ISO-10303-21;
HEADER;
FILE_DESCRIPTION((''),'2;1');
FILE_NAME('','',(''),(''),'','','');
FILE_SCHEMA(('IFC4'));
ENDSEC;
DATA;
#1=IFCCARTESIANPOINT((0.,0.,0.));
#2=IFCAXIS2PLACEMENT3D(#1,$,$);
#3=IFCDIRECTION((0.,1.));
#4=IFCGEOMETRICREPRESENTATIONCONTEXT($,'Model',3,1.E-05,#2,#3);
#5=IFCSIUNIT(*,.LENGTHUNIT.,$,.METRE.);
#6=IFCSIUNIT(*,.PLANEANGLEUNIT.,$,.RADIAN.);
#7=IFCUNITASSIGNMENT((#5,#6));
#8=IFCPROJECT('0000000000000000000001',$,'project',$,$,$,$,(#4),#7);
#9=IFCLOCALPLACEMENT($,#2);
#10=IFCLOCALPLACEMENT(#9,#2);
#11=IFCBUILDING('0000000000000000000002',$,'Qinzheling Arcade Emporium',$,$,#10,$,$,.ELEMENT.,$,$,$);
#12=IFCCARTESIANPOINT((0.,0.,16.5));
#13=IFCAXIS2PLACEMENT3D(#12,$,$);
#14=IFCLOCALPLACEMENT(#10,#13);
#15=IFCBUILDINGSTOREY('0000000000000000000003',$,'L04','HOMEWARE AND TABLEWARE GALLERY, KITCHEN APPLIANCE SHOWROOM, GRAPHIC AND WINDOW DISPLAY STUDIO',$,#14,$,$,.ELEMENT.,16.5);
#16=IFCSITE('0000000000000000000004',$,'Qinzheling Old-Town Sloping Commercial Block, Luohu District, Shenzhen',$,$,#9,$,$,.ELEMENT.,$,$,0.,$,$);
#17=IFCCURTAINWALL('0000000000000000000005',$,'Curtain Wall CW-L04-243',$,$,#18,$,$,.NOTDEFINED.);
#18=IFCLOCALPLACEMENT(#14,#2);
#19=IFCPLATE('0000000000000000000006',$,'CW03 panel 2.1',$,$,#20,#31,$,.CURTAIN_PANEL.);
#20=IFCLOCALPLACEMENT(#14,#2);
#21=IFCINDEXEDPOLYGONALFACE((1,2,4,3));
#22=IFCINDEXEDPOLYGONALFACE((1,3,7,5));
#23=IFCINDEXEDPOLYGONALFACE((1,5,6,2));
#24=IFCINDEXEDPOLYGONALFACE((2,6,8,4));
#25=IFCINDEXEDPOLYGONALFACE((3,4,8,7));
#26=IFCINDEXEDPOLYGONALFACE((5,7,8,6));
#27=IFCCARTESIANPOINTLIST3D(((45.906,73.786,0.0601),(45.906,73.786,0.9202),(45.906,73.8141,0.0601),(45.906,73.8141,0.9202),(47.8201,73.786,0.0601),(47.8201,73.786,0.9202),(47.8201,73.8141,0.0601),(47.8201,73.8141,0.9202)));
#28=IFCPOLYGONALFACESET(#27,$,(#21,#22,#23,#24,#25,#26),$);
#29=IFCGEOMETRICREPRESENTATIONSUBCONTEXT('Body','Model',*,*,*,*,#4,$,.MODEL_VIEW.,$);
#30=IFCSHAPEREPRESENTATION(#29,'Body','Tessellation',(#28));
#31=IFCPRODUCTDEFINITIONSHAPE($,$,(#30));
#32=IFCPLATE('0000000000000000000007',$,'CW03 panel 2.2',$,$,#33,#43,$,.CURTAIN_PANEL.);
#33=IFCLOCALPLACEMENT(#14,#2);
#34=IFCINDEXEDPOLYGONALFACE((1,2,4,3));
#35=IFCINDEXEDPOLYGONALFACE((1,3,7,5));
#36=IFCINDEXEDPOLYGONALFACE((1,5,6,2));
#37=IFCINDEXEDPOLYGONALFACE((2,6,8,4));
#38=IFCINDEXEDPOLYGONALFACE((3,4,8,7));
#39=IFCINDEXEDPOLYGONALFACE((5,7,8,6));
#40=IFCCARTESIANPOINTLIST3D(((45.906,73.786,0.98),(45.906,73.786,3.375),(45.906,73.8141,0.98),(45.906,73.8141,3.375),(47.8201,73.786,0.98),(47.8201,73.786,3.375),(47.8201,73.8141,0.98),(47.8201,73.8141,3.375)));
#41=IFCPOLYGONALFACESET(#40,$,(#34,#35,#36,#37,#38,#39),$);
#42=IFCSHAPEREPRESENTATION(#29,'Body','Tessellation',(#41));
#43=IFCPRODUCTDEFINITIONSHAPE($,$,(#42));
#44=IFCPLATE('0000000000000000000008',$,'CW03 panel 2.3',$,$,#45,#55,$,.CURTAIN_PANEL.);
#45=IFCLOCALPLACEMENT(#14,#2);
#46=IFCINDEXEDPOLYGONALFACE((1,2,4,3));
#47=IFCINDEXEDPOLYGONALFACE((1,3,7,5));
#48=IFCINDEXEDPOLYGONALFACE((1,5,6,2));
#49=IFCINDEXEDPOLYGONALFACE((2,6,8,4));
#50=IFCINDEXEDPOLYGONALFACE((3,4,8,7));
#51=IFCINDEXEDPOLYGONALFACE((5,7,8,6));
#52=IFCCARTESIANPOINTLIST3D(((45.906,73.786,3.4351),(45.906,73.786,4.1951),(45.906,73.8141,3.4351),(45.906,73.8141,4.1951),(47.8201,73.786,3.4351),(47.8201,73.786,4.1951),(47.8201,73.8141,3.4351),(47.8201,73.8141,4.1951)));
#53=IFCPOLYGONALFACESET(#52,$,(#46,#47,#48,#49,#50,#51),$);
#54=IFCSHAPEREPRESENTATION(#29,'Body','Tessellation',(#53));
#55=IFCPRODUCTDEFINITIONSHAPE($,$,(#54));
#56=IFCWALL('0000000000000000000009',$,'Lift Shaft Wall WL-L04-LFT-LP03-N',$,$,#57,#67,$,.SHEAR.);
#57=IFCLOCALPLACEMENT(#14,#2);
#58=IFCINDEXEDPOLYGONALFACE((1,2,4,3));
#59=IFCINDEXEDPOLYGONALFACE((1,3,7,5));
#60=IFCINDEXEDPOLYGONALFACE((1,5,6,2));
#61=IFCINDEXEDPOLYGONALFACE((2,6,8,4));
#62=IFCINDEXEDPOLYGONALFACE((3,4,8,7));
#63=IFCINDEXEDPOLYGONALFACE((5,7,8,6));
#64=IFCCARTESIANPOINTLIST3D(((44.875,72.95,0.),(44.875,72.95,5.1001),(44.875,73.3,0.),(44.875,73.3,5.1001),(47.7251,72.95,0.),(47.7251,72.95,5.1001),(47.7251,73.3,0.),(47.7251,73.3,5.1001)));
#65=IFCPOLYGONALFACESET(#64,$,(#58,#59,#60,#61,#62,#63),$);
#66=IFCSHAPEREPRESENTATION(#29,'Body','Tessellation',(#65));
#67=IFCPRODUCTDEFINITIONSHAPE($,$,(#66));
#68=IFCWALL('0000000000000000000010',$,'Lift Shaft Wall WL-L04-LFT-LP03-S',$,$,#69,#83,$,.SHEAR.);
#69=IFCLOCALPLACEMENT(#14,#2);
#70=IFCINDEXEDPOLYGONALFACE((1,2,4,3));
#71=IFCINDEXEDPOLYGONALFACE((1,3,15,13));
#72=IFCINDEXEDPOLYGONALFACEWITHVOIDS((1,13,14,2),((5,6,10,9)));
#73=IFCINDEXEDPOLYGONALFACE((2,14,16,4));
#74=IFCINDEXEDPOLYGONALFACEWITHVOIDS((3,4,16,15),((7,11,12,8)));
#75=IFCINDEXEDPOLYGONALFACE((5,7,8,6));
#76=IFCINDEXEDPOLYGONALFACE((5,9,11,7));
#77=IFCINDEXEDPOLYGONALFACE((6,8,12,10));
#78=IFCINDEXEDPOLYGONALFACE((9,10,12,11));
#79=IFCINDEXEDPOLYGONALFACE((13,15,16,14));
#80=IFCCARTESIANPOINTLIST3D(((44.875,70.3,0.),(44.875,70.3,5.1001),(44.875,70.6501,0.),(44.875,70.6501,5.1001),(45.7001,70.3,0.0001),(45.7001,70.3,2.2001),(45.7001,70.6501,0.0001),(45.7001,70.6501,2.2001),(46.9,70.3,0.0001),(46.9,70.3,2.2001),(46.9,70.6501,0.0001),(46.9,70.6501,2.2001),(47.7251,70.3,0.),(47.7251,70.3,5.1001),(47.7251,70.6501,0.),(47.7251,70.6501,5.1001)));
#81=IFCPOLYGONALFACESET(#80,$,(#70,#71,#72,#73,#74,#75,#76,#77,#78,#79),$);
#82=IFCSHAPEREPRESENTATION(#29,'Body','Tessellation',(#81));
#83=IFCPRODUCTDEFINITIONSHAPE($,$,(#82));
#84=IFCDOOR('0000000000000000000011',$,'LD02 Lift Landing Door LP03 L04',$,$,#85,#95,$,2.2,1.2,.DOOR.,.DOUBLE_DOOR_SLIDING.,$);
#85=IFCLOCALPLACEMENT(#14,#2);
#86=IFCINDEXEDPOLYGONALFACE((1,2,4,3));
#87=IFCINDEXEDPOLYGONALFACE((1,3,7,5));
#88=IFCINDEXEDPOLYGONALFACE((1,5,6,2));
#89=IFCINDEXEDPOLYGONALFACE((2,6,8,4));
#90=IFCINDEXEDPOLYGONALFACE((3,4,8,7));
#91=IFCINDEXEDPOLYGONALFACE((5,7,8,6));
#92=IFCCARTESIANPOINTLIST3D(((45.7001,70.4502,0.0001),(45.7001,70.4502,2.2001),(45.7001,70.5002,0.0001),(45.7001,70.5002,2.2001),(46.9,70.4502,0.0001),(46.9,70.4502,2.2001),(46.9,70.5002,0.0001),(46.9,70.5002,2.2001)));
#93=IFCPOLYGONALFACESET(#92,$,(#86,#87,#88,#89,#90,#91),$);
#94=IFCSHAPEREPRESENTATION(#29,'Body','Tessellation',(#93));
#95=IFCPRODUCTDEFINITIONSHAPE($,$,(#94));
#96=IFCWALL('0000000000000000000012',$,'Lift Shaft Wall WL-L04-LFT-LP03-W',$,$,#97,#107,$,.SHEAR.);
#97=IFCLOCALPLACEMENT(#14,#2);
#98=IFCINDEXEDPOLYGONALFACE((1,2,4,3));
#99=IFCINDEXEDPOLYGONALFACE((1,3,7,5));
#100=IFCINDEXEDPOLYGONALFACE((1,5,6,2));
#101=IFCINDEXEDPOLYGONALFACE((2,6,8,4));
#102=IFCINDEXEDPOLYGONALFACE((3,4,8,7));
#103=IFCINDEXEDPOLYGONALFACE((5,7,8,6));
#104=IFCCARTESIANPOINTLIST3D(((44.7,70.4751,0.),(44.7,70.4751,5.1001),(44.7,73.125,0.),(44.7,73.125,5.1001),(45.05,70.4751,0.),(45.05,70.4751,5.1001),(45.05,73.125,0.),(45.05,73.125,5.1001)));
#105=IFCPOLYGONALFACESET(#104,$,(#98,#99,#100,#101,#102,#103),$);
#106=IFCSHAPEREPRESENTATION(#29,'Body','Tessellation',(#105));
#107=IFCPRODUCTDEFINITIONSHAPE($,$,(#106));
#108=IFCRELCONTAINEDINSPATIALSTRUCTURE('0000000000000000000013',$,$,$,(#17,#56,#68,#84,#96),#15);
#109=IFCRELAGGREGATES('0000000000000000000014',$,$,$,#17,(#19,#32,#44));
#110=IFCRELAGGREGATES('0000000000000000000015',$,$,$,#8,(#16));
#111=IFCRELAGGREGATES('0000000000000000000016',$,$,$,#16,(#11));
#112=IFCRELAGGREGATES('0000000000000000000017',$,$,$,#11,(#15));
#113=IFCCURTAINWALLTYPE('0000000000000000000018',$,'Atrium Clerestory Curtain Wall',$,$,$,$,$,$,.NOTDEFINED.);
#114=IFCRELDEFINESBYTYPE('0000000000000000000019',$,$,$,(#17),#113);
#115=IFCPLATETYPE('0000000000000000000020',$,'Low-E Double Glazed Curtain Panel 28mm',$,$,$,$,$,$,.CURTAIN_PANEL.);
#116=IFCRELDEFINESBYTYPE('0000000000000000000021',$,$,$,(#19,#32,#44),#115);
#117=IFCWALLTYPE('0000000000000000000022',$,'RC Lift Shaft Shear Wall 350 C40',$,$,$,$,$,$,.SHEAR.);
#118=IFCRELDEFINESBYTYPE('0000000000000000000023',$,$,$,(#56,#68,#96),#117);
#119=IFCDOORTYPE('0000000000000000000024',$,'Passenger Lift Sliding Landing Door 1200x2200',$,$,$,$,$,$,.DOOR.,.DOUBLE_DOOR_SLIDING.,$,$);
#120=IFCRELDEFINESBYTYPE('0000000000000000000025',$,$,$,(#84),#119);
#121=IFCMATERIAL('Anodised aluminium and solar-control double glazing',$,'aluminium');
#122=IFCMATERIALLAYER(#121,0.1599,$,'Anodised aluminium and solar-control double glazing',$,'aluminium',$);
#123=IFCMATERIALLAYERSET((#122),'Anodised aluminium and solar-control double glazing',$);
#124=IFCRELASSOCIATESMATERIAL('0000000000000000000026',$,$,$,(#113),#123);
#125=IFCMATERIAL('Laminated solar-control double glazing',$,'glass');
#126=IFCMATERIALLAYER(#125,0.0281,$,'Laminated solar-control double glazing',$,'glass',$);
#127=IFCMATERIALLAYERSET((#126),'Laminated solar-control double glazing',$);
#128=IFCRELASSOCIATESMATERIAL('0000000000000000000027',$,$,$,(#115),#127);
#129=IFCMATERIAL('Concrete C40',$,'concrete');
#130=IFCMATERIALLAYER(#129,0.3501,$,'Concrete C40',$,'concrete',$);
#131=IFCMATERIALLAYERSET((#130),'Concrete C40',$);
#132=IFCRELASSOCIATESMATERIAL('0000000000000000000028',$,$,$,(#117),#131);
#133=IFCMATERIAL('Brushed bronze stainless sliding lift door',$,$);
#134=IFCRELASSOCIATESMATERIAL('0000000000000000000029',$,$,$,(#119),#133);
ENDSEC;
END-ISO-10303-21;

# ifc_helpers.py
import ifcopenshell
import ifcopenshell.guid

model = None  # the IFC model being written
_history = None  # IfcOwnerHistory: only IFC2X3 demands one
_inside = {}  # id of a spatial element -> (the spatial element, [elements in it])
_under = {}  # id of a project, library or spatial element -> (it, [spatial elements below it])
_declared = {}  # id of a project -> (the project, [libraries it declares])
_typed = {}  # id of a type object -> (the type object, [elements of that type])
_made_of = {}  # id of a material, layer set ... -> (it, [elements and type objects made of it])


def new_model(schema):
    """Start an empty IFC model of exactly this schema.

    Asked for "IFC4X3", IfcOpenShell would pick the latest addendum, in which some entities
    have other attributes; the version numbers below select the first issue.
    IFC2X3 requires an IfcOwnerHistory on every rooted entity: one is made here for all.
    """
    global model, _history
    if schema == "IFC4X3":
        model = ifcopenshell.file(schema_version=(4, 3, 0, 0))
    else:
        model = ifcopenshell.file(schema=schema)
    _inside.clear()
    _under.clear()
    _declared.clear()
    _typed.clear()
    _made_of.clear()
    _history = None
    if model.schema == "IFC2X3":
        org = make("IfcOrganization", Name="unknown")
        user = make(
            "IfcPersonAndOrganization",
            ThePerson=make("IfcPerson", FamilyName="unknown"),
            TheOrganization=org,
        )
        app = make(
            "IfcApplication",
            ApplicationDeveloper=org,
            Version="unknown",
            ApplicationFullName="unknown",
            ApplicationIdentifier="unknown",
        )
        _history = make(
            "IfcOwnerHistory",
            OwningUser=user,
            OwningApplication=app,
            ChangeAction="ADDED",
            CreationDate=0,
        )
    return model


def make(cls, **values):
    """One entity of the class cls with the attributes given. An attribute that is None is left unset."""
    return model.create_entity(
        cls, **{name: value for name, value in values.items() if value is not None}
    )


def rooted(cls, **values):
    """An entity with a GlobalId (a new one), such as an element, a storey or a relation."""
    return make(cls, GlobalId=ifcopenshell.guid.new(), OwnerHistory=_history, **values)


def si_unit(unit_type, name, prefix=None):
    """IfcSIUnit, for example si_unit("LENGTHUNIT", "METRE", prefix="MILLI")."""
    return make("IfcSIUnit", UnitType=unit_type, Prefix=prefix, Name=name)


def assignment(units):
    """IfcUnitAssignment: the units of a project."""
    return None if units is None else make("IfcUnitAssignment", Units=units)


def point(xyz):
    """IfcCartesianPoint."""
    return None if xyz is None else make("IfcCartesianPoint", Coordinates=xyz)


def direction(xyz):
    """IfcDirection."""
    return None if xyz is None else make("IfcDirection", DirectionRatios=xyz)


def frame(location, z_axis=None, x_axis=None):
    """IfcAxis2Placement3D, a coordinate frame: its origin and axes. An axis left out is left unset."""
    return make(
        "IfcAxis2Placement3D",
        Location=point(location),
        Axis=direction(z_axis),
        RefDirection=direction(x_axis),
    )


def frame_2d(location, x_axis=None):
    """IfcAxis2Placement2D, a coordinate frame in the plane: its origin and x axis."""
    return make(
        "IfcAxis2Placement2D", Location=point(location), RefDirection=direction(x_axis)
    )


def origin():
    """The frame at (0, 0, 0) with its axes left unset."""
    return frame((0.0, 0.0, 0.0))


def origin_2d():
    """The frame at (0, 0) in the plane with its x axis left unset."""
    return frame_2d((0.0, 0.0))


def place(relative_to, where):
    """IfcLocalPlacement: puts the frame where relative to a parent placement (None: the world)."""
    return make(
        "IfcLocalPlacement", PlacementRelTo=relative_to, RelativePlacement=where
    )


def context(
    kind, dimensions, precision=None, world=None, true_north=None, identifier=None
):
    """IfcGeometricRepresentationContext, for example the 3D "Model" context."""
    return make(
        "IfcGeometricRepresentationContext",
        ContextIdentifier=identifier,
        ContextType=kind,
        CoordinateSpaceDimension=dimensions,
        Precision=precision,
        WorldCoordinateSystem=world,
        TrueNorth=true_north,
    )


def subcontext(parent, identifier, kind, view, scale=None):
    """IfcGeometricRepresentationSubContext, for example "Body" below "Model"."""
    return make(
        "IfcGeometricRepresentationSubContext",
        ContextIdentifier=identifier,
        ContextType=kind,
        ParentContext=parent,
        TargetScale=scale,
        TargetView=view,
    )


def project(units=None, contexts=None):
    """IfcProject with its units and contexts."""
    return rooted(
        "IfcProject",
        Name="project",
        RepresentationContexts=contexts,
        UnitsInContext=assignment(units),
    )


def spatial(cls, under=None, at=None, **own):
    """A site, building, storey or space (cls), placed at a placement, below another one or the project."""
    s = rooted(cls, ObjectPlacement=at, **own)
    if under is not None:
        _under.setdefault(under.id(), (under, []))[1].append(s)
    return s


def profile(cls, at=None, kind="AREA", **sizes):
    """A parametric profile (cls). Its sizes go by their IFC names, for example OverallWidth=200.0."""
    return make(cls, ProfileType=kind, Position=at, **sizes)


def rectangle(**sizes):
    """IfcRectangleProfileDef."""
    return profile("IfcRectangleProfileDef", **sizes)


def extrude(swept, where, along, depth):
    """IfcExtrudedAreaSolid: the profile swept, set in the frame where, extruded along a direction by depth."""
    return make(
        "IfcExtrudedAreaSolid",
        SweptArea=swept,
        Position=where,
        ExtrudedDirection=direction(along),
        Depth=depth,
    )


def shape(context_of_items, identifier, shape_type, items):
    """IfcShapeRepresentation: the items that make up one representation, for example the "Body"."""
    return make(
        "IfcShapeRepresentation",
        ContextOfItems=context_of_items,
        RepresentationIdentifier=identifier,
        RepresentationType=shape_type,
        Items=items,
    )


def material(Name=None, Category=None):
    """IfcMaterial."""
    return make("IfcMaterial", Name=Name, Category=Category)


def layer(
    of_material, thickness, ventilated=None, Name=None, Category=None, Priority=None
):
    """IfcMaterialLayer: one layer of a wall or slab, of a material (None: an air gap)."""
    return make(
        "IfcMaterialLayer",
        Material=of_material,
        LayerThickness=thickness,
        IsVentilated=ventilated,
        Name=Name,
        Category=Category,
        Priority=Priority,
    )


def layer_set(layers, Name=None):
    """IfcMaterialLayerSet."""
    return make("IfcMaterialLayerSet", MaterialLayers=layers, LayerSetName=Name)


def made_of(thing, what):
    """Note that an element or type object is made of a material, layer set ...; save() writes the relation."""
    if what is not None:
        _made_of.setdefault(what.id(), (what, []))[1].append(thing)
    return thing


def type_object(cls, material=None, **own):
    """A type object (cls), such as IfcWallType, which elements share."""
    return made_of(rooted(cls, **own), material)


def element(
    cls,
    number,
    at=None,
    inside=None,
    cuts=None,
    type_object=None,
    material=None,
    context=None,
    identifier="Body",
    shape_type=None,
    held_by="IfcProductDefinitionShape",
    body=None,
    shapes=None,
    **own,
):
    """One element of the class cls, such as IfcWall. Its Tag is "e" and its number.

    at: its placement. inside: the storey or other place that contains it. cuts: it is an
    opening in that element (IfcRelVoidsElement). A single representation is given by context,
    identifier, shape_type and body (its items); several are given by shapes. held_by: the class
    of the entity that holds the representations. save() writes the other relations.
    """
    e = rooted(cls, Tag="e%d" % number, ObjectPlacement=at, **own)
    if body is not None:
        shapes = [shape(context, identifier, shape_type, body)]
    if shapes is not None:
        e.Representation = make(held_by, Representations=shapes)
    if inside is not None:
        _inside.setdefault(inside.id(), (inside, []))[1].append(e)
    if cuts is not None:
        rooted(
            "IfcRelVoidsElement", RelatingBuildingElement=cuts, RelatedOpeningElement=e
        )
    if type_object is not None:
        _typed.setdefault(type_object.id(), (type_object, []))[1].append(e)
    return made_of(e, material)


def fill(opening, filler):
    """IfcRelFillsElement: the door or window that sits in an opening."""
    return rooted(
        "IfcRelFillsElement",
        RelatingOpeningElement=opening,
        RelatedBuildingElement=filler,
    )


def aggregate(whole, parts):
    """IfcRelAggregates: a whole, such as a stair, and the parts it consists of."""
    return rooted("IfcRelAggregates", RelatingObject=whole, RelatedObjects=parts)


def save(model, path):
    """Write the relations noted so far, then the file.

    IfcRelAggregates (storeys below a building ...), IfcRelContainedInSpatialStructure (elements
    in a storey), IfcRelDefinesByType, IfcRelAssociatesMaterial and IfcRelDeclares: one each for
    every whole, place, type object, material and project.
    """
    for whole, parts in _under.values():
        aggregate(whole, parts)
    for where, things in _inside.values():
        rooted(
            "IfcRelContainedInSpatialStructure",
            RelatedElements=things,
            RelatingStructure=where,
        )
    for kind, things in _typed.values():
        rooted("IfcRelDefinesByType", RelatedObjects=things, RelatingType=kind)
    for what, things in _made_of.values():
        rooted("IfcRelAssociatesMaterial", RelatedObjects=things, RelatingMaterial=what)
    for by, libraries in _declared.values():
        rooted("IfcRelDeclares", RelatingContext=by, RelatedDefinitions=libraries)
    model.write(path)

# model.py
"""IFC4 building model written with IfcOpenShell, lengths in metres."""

from ifc_helpers import new_model, si_unit, direction, frame, frame_2d, origin, origin_2d, place, context, subcontext, project, spatial, rectangle, extrude, material, layer, layer_set, type_object, element, fill, aggregate, save


model = new_model("IFC4")

# Units and contexts
model_context = context("Model", 3, precision=1e-05, world=origin(), true_north=direction((0.0, 1.0)))
body_context = subcontext(model_context, "Body", "Model", "MODEL_VIEW")
ifc_project = project(units=[si_unit("LENGTHUNIT", "METRE"), si_unit("PLANEANGLEUNIT", "RADIAN")], contexts=[model_context])

# Site, building, storey
site_placement = place(None, origin())
site = spatial("IfcSite", under=ifc_project, at=site_placement, Name="Qinzheling Old-Town Sloping Commercial Block, Luohu District, Shenzhen", CompositionType="ELEMENT", RefElevation=0.0)
building_placement = place(site_placement, origin())
building = spatial("IfcBuilding", under=site, at=building_placement, Name="Qinzheling Arcade Emporium", CompositionType="ELEMENT")
storey_placement = place(building_placement, frame((0.0, 0.0, 16.5)))
storey = spatial("IfcBuildingStorey", under=building, at=storey_placement, Name="L04", Description="HOMEWARE AND TABLEWARE GALLERY, KITCHEN APPLIANCE SHOWROOM, GRAPHIC AND WINDOW DISPLAY STUDIO", CompositionType="ELEMENT", Elevation=16.5)

# Curtain wall
ifc_material_1 = material(Name="Anodised aluminium and solar-control double glazing", Category="aluminium")
ifc_layer_1 = layer(ifc_material_1, 0.1599, Name="Anodised aluminium and solar-control double glazing", Category="aluminium")
ifc_layer_set_1 = layer_set([ifc_layer_1], Name="Anodised aluminium and solar-control double glazing")
curtain_wall_type = type_object("IfcCurtainWallType", Name="Atrium Clerestory Curtain Wall", PredefinedType="NOTDEFINED", material=ifc_layer_set_1)
curtain_wall_placement = place(storey_placement, origin())
curtain_wall = element("IfcCurtainWall", 1, at=curtain_wall_placement, inside=storey, type_object=curtain_wall_type, Name="Curtain Wall CW-L04-243", PredefinedType="NOTDEFINED")

# Shared definitions
ifc_material_2 = material(Name="Concrete C40", Category="concrete")

# Plates
ifc_material_3 = material(Name="Laminated solar-control double glazing", Category="glass")
ifc_layer_2 = layer(ifc_material_3, 0.0281, Name="Laminated solar-control double glazing", Category="glass")
ifc_layer_set_2 = layer_set([ifc_layer_2], Name="Laminated solar-control double glazing")
plate_type = type_object("IfcPlateType", Name="Low-E Double Glazed Curtain Panel 28mm", PredefinedType="CURTAIN_PANEL", material=ifc_layer_set_2)
plate_1_placement = place(storey_placement, frame((46.863, 73.8, 0.0601), z_axis=(0.0, 0.0, 1.0), x_axis=(1.0, 0.0, 0.0)))
plate_1 = element("IfcPlate", 2, at=plate_1_placement, type_object=plate_type, Name="CW03 panel 2.1", PredefinedType="CURTAIN_PANEL", context=body_context, shape_type="SweptSolid", body=[
    extrude(rectangle(XDim=1.9141, YDim=0.0281, at=origin_2d()), origin(), (0.0, 0.0, 1.0), 0.8601),
])
plate_2_placement = place(storey_placement, frame((46.863, 73.8, 0.98), z_axis=(0.0, 0.0, 1.0), x_axis=(1.0, 0.0, 0.0)))
plate_2 = element("IfcPlate", 3, at=plate_2_placement, type_object=plate_type, Name="CW03 panel 2.2", PredefinedType="CURTAIN_PANEL", context=body_context, shape_type="SweptSolid", body=[
    extrude(rectangle(XDim=1.9141, YDim=0.0281, at=origin_2d()), origin(), (0.0, 0.0, 1.0), 2.395),
])
plate_3_placement = place(storey_placement, frame((46.863, 73.8, 3.4351), z_axis=(0.0, 0.0, 1.0), x_axis=(1.0, 0.0, 0.0)))
plate_3 = element("IfcPlate", 4, at=plate_3_placement, type_object=plate_type, Name="CW03 panel 2.3", PredefinedType="CURTAIN_PANEL", context=body_context, shape_type="SweptSolid", body=[
    extrude(rectangle(XDim=1.9141, YDim=0.0281, at=origin_2d()), origin(), (0.0, 0.0, 1.0), 0.76),
])
aggregate(curtain_wall, [plate_1, plate_2, plate_3])

# Wall
ifc_layer_3 = layer(ifc_material_2, 0.3501, Name="Concrete C40", Category="concrete")
ifc_layer_set_3 = layer_set([ifc_layer_3], Name="Concrete C40")
wall_type = type_object("IfcWallType", Name="RC Lift Shaft Shear Wall 350 C40", PredefinedType="SHEAR", material=ifc_layer_set_3)
wall_1_placement = place(storey_placement, frame((44.875, 73.125, 0.0), z_axis=(0.0, 0.0, 1.0), x_axis=(1.0, 0.0, 0.0)))
element("IfcWall", 5, at=wall_1_placement, inside=storey, type_object=wall_type, Name="Lift Shaft Wall WL-L04-LFT-LP03-N", PredefinedType="SHEAR", context=body_context, shape_type="SweptSolid", body=[
    extrude(rectangle(XDim=2.8501, YDim=0.3501, at=frame_2d((1.425, 0.0))), origin(), (0.0, 0.0, 1.0), 5.1001),
])

# Wall, opening, door
wall_2_placement = place(storey_placement, frame((47.7251, 70.4751, 0.0), z_axis=(0.0, 0.0, 1.0), x_axis=(-1.0, 0.0, 0.0)))
wall_2 = element("IfcWall", 6, at=wall_2_placement, inside=storey, type_object=wall_type, Name="Lift Shaft Wall WL-L04-LFT-LP03-S", PredefinedType="SHEAR", context=body_context, shape_type="SweptSolid", body=[
    extrude(rectangle(XDim=2.8501, YDim=0.3501, at=frame_2d((1.425, 0.0))), origin(), (0.0, 0.0, 1.0), 5.1001),
])
opening_placement = place(wall_2_placement, frame((0.825, 0.0, 0.0)))
opening = element("IfcOpeningElement", 7, at=opening_placement, cuts=wall_2, PredefinedType="OPENING", context=body_context, shape_type="SweptSolid", body=[
    extrude(rectangle(XDim=1.2, YDim=2.2, at=frame_2d((0.6001, 1.1001))), frame((0.0, 0.1851, 0.0), z_axis=(0.0, -1.0, 0.0), x_axis=(1.0, 0.0, 0.0)), (0.0, 0.0, 1.0), 0.3701),
])
ifc_material_4 = material(Name="Brushed bronze stainless sliding lift door")
door_type = type_object("IfcDoorType", Name="Passenger Lift Sliding Landing Door 1200x2200", OperationType="DOUBLE_DOOR_SLIDING", PredefinedType="DOOR", material=ifc_material_4)
door_placement = place(opening_placement, origin())
door = element("IfcDoor", 8, at=door_placement, inside=storey, type_object=door_type, Name="LD02 Lift Landing Door LP03 L04", OperationType="DOUBLE_DOOR_SLIDING", OverallHeight=2.2, OverallWidth=1.2, PredefinedType="DOOR", context=body_context, shape_type="SweptSolid", body=[
    extrude(rectangle(XDim=1.2, YDim=2.2, at=frame_2d((0.6001, 1.1001))), frame((0.0, 0.0249, 0.0), z_axis=(0.0, -1.0, 0.0), x_axis=(1.0, 0.0, 0.0)), (0.0, 0.0, 1.0), 0.05),
])
fill(opening, door)

# Wall
wall_3_placement = place(storey_placement, frame((44.875, 70.4751, 0.0), z_axis=(0.0, 0.0, 1.0), x_axis=(0.0, 1.0, 0.0)))
element("IfcWall", 9, at=wall_3_placement, inside=storey, type_object=wall_type, Name="Lift Shaft Wall WL-L04-LFT-LP03-W", PredefinedType="SHEAR", context=body_context, shape_type="SweptSolid", body=[
    extrude(rectangle(XDim=2.6499, YDim=0.3501, at=frame_2d((1.325, 0.0))), origin(), (0.0, 0.0, 1.0), 5.1001),
])

save(model, "model.ifc")
